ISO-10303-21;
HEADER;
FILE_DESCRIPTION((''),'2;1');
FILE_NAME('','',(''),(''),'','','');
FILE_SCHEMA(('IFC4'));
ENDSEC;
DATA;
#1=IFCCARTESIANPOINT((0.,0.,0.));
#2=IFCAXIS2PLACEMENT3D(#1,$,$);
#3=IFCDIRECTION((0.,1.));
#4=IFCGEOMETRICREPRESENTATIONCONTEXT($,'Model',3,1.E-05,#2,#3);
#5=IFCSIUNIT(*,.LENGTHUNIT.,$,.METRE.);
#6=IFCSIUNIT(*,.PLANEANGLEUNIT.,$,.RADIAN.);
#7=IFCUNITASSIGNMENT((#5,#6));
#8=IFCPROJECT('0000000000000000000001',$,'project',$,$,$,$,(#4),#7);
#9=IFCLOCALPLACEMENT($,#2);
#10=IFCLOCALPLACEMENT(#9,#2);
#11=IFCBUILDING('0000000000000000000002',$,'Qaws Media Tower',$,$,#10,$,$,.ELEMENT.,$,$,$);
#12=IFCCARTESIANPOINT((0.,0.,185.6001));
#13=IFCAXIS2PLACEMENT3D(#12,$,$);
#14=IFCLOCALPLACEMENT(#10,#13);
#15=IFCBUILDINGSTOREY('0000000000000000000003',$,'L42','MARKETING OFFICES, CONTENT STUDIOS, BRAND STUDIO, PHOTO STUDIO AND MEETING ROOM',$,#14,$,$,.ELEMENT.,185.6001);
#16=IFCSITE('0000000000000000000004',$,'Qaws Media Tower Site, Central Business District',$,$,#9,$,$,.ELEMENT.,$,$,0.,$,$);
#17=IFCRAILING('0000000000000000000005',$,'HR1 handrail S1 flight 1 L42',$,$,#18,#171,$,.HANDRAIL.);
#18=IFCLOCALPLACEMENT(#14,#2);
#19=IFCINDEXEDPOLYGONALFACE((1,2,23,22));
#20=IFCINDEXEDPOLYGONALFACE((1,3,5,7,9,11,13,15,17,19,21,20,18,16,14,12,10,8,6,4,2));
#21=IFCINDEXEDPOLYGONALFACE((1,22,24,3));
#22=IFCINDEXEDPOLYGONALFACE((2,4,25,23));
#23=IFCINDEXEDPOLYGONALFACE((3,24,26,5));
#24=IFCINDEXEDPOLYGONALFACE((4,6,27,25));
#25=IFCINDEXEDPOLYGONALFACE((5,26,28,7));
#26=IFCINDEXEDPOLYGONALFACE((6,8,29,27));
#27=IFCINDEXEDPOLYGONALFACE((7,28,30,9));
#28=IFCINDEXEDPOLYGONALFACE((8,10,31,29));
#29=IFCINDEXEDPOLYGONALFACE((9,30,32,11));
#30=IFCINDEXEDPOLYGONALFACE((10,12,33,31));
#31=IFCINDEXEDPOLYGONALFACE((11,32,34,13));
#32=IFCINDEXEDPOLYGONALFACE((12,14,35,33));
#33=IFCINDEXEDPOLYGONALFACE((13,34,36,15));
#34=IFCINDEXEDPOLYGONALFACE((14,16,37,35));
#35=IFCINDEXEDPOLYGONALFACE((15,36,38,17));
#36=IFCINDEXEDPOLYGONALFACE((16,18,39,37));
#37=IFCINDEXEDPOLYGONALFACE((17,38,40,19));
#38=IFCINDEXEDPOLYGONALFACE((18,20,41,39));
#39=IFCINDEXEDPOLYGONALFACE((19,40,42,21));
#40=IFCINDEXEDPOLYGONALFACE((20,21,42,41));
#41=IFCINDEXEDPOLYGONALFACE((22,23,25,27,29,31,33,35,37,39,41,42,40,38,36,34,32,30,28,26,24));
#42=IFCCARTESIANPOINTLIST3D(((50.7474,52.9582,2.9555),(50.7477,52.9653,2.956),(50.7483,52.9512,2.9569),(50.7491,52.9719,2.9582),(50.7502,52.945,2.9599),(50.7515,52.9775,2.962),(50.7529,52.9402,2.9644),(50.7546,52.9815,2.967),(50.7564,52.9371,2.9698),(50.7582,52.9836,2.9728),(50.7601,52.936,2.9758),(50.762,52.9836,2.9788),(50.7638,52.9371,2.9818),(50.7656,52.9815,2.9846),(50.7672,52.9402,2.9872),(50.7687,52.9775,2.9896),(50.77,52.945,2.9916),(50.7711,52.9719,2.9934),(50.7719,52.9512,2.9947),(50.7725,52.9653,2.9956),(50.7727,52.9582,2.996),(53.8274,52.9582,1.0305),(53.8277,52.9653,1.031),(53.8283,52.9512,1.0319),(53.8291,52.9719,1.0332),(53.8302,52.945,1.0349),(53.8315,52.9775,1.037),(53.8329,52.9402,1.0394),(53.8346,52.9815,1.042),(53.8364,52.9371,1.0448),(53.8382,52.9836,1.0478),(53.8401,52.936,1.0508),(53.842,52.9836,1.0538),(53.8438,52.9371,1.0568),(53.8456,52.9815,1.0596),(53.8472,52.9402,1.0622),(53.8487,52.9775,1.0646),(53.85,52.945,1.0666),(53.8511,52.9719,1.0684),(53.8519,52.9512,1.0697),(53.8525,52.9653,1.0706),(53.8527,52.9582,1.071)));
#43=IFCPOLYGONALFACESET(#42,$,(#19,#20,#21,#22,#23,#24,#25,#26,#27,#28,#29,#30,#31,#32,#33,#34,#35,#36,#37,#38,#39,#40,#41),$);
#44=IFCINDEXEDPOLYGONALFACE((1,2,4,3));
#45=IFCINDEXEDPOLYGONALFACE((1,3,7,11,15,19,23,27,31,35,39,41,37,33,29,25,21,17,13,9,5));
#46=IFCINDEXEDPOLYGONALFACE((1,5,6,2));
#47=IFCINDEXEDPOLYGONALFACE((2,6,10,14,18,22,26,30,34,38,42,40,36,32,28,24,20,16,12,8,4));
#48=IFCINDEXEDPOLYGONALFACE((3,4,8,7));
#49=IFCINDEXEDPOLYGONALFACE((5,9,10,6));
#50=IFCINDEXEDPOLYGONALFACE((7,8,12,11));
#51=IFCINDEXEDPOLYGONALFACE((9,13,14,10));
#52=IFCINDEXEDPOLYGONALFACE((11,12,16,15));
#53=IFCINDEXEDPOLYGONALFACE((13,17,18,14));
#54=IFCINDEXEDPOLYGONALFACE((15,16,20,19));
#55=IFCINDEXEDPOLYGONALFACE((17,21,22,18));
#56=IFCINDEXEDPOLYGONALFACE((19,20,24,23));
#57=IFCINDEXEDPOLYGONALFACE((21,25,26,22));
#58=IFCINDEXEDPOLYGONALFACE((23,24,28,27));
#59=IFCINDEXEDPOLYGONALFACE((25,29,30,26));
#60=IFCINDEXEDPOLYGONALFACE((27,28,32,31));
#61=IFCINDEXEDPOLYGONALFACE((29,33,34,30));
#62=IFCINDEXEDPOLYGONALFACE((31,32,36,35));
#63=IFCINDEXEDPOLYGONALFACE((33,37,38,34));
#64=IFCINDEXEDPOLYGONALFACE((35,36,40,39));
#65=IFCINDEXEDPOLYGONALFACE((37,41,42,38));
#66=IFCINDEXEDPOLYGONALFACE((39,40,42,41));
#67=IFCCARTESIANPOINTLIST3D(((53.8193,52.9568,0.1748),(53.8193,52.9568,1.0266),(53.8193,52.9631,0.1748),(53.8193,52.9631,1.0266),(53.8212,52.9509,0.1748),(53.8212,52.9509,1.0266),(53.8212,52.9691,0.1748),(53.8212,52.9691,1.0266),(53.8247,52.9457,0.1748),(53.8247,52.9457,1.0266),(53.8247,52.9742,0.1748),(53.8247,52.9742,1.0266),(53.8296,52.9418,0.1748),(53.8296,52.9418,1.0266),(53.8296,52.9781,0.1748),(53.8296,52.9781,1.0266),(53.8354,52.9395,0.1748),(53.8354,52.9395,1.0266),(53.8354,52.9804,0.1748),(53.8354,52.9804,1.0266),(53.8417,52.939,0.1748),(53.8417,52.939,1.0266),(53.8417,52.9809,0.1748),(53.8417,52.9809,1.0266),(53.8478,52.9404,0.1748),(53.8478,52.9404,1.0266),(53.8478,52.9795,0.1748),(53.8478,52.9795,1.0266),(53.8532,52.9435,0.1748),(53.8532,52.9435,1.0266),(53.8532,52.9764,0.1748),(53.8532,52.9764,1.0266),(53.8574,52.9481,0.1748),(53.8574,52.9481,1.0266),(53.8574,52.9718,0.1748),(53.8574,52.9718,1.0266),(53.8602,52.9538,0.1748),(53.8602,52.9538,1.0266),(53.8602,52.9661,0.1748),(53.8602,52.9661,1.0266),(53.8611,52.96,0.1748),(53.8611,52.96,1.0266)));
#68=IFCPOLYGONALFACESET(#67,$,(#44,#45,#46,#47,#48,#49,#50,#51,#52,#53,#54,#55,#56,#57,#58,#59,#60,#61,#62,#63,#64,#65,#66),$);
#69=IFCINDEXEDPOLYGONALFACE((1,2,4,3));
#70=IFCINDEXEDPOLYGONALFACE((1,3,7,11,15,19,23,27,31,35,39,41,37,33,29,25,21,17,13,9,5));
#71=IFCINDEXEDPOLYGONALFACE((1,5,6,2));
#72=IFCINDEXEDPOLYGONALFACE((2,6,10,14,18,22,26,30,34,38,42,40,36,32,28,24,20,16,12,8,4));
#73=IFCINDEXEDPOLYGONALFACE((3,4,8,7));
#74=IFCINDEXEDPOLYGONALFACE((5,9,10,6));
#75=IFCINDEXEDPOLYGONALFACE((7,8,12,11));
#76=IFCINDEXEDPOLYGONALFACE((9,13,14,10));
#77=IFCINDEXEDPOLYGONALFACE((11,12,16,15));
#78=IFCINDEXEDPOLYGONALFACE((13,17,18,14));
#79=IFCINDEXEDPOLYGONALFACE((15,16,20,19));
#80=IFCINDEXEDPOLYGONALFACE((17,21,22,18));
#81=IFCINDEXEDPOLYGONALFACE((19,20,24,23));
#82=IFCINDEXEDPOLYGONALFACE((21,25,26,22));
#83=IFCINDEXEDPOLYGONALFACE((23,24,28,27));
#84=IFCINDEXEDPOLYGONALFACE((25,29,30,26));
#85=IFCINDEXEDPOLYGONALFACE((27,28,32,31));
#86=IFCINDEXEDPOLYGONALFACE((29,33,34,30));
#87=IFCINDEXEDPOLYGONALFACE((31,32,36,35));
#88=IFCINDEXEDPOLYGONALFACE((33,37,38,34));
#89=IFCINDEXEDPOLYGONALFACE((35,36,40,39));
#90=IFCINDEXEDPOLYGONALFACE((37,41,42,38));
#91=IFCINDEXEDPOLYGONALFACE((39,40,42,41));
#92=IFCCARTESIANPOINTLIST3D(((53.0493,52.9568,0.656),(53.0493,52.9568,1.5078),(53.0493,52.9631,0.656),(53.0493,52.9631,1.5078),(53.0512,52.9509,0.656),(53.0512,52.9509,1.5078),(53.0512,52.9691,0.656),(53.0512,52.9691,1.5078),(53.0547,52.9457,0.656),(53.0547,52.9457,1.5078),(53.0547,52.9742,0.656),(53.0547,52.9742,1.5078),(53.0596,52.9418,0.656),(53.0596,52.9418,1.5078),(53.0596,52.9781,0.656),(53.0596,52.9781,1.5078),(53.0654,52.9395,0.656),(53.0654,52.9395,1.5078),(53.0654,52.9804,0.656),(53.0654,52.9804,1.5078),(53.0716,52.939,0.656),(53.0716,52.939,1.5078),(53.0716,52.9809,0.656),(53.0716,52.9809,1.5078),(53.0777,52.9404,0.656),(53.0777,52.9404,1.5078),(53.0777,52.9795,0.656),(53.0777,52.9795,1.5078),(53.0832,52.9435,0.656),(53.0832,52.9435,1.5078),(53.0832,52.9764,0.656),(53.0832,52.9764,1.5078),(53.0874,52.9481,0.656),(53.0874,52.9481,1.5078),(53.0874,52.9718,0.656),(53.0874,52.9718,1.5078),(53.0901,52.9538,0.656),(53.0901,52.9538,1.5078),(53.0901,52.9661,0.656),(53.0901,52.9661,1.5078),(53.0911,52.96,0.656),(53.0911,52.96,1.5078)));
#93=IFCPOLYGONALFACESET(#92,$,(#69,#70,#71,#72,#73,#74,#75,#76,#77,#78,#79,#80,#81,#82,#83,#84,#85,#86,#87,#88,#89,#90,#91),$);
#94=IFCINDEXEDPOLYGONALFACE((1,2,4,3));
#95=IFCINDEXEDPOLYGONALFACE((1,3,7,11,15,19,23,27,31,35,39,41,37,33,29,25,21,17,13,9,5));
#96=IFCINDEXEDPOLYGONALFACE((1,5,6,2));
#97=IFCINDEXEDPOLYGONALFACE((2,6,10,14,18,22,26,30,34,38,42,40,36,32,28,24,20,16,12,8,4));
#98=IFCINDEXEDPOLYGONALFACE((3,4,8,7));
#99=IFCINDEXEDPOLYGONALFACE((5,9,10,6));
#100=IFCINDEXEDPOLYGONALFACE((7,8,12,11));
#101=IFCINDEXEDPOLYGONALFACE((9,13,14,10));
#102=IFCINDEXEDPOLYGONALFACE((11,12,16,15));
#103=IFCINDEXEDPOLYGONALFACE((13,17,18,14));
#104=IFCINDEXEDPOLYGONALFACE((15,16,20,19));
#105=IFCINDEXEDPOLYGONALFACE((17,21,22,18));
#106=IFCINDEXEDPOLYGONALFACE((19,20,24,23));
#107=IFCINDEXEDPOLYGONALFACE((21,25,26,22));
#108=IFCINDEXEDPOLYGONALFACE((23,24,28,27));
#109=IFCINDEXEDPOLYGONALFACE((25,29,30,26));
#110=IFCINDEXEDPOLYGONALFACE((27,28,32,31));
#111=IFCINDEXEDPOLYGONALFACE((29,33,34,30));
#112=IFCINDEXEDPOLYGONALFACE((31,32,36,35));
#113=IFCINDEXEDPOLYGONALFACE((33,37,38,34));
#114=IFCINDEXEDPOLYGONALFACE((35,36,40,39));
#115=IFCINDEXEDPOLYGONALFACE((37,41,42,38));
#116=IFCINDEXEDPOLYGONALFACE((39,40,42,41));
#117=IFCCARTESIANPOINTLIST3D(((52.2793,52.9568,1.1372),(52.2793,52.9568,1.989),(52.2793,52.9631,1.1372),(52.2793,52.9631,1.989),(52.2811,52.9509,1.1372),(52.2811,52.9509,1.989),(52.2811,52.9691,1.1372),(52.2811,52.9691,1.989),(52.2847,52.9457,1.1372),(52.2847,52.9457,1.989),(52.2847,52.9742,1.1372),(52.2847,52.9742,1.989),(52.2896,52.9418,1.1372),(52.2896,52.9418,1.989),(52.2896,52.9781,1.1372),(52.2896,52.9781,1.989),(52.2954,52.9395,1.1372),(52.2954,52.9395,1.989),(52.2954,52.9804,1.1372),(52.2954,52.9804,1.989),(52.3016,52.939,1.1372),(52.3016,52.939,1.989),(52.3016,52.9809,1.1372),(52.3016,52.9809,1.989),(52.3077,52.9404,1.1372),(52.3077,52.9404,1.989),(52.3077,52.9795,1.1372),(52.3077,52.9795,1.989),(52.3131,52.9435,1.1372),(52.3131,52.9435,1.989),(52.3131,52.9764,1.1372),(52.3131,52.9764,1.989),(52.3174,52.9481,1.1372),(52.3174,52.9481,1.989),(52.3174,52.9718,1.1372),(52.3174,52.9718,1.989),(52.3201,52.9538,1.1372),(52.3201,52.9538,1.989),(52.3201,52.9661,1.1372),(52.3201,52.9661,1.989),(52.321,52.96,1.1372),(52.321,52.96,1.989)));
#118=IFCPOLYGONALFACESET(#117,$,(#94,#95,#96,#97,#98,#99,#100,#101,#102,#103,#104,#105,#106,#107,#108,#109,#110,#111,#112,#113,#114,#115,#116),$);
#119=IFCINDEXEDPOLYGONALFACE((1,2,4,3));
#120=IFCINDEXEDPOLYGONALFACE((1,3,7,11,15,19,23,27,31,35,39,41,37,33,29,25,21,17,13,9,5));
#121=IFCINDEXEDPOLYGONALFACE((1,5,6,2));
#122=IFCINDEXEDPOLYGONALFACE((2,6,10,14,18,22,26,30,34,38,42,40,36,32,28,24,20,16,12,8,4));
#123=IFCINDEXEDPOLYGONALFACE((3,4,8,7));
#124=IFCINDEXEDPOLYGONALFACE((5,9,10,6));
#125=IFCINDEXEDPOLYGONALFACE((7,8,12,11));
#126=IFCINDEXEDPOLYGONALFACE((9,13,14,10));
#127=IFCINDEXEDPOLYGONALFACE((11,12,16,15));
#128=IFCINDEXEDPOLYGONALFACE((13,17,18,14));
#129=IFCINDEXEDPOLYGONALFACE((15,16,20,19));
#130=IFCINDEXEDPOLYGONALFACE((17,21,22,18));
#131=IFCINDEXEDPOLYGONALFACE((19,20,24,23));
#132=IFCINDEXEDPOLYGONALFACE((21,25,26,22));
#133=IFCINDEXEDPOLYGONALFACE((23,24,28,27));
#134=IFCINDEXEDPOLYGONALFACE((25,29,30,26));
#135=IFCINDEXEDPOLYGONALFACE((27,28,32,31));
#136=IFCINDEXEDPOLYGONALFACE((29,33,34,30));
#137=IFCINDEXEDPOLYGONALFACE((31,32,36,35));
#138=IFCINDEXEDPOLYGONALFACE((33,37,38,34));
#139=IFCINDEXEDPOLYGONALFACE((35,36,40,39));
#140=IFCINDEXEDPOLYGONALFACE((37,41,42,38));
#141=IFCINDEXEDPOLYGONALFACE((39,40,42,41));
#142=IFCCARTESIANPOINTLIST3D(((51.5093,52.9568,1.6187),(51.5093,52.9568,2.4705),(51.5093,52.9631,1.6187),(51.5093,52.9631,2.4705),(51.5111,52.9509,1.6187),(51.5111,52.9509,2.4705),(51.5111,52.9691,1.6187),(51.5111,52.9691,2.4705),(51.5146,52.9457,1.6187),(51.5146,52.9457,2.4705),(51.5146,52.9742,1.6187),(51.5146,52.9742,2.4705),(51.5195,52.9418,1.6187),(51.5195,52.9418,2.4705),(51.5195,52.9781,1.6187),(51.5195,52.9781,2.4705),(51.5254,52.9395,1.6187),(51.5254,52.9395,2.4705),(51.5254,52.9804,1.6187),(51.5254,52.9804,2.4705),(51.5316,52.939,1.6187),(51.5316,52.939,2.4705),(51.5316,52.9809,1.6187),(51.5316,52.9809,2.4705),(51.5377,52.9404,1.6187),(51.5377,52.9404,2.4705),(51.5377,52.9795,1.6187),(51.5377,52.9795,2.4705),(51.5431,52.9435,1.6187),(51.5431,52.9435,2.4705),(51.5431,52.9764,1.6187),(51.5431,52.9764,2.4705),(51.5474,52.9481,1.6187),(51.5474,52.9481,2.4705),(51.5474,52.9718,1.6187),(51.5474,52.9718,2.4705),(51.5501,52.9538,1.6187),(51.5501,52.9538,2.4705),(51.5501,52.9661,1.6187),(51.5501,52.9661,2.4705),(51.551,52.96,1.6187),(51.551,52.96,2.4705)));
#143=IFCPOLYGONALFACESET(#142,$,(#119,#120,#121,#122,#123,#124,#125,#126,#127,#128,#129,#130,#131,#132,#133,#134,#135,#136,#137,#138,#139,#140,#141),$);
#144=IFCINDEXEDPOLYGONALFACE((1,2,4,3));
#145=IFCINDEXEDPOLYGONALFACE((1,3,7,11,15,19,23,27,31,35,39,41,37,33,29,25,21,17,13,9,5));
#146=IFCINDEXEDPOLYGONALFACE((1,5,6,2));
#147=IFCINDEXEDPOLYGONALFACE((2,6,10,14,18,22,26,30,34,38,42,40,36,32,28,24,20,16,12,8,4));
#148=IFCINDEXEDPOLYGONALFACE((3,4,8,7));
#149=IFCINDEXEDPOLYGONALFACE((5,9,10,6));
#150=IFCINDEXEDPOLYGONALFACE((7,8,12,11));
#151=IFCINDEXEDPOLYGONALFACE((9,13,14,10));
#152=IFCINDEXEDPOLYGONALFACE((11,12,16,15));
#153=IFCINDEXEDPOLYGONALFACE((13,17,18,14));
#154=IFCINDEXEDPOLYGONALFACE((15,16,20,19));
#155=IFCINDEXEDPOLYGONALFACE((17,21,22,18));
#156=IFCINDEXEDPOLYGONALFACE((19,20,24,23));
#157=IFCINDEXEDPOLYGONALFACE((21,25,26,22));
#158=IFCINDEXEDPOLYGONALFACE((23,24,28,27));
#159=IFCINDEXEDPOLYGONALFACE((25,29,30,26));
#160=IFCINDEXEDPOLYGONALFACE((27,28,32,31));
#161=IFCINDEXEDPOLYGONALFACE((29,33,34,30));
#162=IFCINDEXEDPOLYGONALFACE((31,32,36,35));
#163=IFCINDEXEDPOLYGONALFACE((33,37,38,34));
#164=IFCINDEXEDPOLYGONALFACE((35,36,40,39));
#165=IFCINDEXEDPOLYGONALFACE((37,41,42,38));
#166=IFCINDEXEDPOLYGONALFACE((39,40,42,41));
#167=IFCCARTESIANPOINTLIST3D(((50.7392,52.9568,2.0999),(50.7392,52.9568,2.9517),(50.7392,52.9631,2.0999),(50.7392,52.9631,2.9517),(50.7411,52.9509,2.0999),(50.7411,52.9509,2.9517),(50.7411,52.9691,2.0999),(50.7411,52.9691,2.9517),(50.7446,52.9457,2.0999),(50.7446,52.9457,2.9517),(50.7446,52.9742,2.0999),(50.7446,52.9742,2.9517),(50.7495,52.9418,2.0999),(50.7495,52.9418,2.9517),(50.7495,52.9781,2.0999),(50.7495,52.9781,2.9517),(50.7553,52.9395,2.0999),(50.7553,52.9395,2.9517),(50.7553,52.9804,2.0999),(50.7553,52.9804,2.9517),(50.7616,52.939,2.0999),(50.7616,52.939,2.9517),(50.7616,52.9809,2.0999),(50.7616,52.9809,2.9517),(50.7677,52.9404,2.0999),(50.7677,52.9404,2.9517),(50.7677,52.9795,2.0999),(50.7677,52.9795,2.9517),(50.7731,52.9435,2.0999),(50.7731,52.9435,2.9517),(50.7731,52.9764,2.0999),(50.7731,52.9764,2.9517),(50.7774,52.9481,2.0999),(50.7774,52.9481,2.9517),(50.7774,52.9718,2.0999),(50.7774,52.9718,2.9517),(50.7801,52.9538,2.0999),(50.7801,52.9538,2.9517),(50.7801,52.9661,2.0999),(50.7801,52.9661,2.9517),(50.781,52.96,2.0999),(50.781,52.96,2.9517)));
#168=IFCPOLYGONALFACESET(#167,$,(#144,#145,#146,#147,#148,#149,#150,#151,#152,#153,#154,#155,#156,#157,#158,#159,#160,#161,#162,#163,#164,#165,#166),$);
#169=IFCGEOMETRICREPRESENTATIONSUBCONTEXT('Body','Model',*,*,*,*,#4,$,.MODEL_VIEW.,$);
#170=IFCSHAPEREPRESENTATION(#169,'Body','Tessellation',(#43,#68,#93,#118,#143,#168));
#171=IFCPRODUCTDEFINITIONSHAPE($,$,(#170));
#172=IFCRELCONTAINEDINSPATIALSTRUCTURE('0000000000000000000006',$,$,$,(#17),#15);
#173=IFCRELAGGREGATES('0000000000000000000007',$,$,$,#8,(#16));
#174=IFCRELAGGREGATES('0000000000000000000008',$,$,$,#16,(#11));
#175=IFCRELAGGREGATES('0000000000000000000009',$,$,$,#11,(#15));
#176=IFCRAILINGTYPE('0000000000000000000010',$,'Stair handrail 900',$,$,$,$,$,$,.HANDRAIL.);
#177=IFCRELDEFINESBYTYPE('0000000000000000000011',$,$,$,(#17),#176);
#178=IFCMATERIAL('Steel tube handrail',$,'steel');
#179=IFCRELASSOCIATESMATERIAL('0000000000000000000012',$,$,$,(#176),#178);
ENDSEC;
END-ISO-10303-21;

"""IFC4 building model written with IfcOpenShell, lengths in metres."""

from ifc_helpers import new_model, si_unit, direction, frame, origin, origin_2d, place, context, subcontext, project, spatial, circle, extrude, material, type_object, element, save


model = new_model("IFC4")

# Units and contexts
model_context = context("Model", 3, precision=1e-05, world=origin(), true_north=direction((0.0, 1.0)))
body_context = subcontext(model_context, "Body", "Model", "MODEL_VIEW")
ifc_project = project(units=[si_unit("LENGTHUNIT", "METRE"), si_unit("PLANEANGLEUNIT", "RADIAN")], contexts=[model_context])

# Site, building, storey
site_placement = place(None, origin())
site = spatial("IfcSite", under=ifc_project, at=site_placement, Name="Qaws Media Tower Site, Central Business District", CompositionType="ELEMENT", RefElevation=0.0)
building_placement = place(site_placement, origin())
building = spatial("IfcBuilding", under=site, at=building_placement, Name="Qaws Media Tower", CompositionType="ELEMENT")
storey_placement = place(building_placement, frame((0.0, 0.0, 185.6001)))
storey = spatial("IfcBuildingStorey", under=building, at=storey_placement, Name="L42", Description="MARKETING OFFICES, CONTENT STUDIOS, BRAND STUDIO, PHOTO STUDIO AND MEETING ROOM", CompositionType="ELEMENT", Elevation=185.6001)

# Railing
ifc_material_1 = material(Name="Steel tube handrail", Category="steel")
railing_type = type_object("IfcRailingType", Name="Stair handrail 900", PredefinedType="HANDRAIL", material=ifc_material_1)
for number, where, name in (
    (1, (53.8401, 52.96, 0.1748), "HR1 handrail S1 flight 1 L42"),
):
    element("IfcRailing", number, at=place(storey_placement, frame(where)), inside=storey, type_object=railing_type, Name=name, PredefinedType="HANDRAIL", context=body_context, shape_type="SweptSolid", body=[
        extrude(circle(Radius=0.0239, at=origin_2d()), frame((0.0, 0.0, 0.876), z_axis=(-0.847998, 0.0, 0.529999), x_axis=(0.0, -1.0, 0.0)), (0.0, 0.0, 1.0), 3.6321),
        extrude(circle(Radius=0.021, at=origin_2d()), origin(), (0.0, 0.0, 1.0), 0.8518),
        extrude(circle(Radius=0.021, at=origin_2d()), frame((-0.77, 0.0, 0.4812)), (0.0, 0.0, 1.0), 0.8518),
        extrude(circle(Radius=0.021, at=origin_2d()), frame((-1.54, 0.0, 0.9624)), (0.0, 0.0, 1.0), 0.8518),
        extrude(circle(Radius=0.021, at=origin_2d()), frame((-2.3101, 0.0, 1.4438)), (0.0, 0.0, 1.0), 0.8518),
        extrude(circle(Radius=0.021, at=origin_2d()), frame((-3.0801, 0.0, 1.925)), (0.0, 0.0, 1.0), 0.8518),
    ])

save(model, "model.ifc")
